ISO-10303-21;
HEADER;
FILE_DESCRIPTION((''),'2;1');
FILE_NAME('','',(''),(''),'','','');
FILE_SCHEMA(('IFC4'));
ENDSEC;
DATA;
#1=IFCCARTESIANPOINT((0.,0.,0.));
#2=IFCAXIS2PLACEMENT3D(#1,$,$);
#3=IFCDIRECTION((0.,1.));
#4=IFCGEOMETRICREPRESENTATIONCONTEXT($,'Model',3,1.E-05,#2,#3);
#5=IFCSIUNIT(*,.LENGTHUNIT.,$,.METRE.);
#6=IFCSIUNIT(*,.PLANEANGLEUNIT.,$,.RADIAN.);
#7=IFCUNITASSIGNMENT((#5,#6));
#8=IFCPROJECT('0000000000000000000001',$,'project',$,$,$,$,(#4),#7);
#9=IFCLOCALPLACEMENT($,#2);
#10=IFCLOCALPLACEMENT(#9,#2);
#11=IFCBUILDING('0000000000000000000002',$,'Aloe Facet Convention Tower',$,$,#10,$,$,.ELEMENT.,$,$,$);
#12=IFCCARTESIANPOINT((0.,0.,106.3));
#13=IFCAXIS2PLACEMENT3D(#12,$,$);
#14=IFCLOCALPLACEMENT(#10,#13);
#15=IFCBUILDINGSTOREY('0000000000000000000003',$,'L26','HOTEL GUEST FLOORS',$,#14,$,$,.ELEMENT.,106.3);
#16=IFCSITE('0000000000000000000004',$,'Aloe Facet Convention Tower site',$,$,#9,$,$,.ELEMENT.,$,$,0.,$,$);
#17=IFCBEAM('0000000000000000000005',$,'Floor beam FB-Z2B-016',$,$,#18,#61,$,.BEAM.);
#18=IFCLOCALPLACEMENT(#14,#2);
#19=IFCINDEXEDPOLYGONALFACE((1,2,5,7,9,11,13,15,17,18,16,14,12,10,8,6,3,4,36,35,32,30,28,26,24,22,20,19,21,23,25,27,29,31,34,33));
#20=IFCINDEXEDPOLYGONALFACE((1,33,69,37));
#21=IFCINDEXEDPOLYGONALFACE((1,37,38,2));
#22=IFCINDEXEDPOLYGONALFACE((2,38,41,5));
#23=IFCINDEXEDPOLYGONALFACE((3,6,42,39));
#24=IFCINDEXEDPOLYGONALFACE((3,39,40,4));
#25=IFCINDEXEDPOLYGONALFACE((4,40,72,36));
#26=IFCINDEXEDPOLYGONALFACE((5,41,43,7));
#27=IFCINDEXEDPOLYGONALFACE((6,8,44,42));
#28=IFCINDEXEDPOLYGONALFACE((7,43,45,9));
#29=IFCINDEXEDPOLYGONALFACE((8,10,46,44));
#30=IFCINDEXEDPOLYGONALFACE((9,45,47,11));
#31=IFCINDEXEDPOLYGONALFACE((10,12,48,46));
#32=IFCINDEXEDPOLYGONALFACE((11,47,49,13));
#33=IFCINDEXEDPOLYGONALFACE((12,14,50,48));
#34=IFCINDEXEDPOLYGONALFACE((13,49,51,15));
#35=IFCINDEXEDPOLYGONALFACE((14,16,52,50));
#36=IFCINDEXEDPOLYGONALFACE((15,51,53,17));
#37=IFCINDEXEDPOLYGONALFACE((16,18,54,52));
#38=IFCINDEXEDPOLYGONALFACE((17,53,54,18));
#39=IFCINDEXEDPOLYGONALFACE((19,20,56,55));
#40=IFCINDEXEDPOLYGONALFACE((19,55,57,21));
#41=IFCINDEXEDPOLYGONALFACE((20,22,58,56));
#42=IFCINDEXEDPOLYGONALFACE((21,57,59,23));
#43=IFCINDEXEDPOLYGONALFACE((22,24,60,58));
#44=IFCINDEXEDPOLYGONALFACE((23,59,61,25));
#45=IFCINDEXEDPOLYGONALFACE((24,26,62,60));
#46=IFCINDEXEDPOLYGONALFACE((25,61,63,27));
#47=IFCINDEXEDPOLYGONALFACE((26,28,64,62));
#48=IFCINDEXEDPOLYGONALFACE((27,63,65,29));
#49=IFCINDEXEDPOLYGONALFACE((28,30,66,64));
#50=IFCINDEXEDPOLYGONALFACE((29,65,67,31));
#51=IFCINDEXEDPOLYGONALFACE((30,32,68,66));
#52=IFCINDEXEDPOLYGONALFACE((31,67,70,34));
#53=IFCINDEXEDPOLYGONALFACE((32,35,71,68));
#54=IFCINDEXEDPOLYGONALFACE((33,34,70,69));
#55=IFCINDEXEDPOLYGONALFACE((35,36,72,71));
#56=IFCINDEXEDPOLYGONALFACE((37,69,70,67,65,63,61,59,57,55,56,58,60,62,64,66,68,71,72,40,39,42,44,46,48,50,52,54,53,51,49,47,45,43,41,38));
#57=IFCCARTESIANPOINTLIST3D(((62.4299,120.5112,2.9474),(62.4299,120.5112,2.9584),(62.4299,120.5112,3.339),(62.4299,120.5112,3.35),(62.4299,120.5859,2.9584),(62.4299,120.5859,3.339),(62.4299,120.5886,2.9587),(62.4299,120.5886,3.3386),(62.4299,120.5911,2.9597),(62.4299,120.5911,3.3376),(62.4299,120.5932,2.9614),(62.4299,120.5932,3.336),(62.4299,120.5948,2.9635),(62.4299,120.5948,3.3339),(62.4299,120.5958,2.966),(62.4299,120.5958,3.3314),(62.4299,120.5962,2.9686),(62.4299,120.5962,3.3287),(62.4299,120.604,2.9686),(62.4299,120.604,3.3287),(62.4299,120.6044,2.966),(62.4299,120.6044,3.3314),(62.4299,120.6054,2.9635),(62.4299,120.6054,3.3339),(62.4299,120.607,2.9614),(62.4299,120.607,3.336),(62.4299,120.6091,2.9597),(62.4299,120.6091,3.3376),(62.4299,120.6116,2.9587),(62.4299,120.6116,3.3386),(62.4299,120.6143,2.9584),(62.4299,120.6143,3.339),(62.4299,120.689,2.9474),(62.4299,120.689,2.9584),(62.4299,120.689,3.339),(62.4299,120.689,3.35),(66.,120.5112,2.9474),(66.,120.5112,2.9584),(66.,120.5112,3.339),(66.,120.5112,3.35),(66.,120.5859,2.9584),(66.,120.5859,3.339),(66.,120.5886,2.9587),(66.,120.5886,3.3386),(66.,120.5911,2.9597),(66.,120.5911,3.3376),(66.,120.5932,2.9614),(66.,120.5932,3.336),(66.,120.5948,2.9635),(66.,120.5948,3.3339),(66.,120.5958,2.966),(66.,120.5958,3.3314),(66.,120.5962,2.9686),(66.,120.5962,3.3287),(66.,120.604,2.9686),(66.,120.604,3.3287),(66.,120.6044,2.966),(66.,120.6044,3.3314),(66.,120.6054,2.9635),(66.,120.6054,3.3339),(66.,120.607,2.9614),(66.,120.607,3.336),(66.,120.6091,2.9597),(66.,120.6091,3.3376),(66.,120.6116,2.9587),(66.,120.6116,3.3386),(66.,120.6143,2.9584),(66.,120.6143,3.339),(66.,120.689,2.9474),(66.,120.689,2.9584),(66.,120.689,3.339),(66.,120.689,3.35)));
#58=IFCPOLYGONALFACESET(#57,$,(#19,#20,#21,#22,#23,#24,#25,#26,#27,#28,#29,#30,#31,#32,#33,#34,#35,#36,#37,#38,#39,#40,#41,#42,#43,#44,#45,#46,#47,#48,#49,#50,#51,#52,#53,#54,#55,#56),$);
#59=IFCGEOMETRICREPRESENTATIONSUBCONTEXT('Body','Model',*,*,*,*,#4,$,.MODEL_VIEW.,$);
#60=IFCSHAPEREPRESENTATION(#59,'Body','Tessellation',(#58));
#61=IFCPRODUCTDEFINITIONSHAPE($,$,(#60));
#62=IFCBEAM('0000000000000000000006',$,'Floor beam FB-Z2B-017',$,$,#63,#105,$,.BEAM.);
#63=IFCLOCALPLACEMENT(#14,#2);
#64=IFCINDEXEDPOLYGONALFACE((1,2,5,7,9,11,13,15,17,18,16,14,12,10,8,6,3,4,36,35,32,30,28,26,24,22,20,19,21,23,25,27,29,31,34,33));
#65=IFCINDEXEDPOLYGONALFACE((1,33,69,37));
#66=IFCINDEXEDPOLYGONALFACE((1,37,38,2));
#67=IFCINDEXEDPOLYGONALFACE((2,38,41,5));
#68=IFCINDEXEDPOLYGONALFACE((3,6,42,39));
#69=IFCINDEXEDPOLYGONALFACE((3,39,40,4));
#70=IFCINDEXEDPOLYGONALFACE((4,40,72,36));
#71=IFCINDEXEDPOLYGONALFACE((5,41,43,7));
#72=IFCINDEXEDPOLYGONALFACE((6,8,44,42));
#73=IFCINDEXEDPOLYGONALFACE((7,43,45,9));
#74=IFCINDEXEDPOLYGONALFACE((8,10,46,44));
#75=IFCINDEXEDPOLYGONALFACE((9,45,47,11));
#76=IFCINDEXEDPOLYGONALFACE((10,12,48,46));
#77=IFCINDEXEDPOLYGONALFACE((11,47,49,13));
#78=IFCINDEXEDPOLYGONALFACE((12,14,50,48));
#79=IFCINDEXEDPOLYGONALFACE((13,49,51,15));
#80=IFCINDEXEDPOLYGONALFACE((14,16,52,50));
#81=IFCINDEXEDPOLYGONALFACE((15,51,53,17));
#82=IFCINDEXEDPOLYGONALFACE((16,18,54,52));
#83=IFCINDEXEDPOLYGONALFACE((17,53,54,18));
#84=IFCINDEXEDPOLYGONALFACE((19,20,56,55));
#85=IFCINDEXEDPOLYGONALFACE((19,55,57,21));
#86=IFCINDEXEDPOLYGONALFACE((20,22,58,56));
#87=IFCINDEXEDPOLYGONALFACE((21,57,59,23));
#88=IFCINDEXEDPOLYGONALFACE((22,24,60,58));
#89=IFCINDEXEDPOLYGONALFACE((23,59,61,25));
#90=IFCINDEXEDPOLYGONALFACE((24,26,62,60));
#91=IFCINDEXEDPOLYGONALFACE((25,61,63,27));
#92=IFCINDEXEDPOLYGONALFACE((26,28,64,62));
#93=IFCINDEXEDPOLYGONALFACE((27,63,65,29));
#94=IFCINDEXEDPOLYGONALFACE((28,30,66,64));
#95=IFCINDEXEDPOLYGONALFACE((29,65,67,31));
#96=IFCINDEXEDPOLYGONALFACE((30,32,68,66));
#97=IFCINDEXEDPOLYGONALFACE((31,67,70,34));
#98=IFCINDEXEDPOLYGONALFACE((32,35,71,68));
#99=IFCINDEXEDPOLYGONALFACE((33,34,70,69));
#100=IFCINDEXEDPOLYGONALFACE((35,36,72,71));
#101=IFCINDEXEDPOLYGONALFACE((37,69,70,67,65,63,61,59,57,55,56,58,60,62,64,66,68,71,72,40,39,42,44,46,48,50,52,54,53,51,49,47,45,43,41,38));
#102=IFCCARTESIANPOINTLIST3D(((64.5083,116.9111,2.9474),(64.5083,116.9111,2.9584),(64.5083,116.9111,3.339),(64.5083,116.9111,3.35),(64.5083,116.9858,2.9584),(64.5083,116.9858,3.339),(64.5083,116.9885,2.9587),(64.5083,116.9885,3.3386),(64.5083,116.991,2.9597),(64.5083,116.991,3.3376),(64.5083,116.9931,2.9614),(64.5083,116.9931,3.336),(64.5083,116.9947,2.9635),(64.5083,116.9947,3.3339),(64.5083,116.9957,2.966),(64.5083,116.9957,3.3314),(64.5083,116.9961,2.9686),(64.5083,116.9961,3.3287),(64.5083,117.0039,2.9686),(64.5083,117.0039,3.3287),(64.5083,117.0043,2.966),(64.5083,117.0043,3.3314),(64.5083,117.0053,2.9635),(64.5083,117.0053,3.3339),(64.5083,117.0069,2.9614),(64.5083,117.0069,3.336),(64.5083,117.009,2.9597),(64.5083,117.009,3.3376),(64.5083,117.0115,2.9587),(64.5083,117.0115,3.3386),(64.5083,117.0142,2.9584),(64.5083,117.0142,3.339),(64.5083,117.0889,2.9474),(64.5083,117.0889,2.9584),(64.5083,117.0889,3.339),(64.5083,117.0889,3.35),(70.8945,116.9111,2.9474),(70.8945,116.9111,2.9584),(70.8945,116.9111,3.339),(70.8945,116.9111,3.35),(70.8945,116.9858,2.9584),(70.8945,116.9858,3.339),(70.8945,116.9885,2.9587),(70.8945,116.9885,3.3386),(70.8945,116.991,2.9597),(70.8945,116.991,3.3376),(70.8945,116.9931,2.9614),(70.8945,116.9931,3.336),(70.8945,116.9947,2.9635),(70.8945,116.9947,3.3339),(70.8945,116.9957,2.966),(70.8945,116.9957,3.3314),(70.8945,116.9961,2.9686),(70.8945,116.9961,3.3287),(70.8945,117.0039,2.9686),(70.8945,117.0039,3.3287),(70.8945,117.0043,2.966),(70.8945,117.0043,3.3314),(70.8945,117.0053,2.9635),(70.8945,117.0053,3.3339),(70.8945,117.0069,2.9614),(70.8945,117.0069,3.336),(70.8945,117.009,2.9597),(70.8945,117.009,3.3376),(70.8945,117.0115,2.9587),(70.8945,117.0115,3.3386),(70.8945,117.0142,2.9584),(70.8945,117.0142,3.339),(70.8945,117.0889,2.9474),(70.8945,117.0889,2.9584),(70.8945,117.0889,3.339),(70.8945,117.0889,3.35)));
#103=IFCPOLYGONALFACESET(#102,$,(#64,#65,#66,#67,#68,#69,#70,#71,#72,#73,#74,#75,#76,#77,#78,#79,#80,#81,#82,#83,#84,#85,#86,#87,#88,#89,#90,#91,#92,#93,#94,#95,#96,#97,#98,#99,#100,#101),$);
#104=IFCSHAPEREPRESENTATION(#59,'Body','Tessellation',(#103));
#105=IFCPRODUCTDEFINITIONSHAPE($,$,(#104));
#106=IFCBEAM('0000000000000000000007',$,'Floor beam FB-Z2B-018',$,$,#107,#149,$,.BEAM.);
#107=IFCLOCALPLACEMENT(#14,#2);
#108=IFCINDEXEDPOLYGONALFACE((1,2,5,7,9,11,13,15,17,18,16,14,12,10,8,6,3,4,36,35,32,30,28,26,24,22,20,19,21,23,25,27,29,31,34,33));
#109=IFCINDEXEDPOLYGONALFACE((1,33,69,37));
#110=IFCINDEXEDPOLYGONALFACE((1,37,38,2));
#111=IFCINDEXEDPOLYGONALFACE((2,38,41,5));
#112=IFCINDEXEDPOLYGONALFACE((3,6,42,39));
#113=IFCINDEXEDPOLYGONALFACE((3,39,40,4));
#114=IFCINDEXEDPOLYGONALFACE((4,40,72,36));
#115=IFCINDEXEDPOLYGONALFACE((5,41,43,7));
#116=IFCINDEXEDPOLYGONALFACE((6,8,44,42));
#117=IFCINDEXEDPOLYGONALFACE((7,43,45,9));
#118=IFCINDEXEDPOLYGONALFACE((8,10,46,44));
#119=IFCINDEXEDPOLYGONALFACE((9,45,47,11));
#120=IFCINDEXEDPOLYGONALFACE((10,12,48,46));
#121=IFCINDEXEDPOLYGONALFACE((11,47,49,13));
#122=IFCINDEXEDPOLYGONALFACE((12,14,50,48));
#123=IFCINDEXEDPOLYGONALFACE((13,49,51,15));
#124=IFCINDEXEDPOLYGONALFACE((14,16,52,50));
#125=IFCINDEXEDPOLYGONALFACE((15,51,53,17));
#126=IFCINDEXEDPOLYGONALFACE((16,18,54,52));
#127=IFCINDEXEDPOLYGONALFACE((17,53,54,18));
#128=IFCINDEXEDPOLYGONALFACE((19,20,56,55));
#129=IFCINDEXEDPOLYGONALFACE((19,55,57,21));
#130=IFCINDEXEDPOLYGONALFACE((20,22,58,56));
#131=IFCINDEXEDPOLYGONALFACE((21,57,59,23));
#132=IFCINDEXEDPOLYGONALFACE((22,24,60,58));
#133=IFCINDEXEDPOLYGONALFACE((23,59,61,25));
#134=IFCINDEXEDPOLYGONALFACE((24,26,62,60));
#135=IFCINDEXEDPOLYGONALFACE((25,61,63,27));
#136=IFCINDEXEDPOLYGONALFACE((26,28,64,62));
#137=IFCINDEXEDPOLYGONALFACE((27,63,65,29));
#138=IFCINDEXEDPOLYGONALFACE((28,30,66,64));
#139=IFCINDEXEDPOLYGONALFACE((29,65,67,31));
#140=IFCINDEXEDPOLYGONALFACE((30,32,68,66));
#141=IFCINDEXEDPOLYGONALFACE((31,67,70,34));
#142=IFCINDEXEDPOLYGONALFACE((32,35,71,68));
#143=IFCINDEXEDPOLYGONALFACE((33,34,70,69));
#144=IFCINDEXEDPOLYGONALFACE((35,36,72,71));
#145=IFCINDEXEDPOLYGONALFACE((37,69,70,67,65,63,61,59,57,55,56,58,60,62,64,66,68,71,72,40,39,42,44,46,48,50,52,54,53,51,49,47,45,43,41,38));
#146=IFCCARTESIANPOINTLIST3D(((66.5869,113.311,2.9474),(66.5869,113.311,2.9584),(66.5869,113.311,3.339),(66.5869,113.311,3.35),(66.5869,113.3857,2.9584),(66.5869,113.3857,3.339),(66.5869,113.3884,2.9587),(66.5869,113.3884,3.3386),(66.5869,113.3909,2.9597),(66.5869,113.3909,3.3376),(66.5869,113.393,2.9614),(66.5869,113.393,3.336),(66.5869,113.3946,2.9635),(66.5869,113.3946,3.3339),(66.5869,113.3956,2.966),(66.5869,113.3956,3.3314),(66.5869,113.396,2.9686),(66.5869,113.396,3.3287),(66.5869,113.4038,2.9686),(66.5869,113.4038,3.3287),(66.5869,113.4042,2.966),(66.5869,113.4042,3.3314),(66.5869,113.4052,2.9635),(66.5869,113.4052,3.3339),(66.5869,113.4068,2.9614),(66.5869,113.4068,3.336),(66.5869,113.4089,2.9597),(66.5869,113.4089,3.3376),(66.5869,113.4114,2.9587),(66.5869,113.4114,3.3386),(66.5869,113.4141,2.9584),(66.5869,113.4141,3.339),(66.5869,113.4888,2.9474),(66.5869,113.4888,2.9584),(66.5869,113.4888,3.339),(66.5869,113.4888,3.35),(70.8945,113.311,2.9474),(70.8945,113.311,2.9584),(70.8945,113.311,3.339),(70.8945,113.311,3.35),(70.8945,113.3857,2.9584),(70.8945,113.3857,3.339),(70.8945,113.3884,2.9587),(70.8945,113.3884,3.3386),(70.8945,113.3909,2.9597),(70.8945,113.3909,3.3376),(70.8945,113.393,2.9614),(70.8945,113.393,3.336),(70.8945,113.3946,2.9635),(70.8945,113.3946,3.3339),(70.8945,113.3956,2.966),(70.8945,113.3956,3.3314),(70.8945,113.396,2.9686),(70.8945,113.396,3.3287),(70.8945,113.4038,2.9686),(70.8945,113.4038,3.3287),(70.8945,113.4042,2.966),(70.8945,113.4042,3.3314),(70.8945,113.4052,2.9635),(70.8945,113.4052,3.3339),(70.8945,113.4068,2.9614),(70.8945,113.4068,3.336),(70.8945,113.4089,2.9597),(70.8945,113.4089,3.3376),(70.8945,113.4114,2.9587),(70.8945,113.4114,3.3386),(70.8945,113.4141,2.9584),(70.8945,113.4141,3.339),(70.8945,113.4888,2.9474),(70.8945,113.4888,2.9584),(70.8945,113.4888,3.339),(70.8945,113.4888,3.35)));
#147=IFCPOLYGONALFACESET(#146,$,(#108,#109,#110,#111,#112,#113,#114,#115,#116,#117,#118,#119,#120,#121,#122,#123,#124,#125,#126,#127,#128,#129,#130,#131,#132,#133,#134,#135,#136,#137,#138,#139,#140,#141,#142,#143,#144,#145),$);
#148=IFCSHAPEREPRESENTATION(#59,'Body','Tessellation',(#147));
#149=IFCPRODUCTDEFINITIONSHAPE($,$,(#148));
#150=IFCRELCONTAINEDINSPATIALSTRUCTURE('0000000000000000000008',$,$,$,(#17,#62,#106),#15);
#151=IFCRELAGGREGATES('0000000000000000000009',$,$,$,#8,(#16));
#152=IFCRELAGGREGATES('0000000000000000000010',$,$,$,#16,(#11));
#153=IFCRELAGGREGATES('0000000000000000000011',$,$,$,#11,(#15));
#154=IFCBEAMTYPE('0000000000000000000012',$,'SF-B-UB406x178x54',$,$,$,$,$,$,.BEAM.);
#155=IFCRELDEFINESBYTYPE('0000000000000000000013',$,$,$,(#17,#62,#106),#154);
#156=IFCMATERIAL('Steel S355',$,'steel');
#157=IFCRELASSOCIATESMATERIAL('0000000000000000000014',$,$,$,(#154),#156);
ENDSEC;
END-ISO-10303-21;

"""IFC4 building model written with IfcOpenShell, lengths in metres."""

from ifc_helpers import new_model, si_unit, direction, frame, origin, origin_2d, place, context, subcontext, project, spatial, i_section, extrude, material, material_profile, profile_set, type_object, element, save


model = new_model("IFC4")

# Units and contexts
model_context = context("Model", 3, precision=1e-05, world=origin(), true_north=direction((0.0, 1.0)))
body_context = subcontext(model_context, "Body", "Model", "MODEL_VIEW")
ifc_project = project(units=[si_unit("LENGTHUNIT", "METRE"), si_unit("PLANEANGLEUNIT", "RADIAN")], contexts=[model_context])

# Site, building, storey
site_placement = place(None, origin())
site = spatial("IfcSite", under=ifc_project, at=site_placement, Name="Aloe Facet Convention Tower site", CompositionType="ELEMENT", RefElevation=0.0)
building_placement = place(site_placement, origin())
building = spatial("IfcBuilding", under=site, at=building_placement, Name="Aloe Facet Convention Tower", CompositionType="ELEMENT")
storey_placement = place(building_placement, frame((0.0, 0.0, 106.3)))
storey = spatial("IfcBuildingStorey", under=building, at=storey_placement, Name="L26", Description="HOTEL GUEST FLOORS", CompositionType="ELEMENT", Elevation=106.3)

# Beams
ifc_material_1 = material(Name="Steel S355", Category="steel")
ifc_material_profile = material_profile(ifc_material_1, i_section(OverallWidth=0.1777, OverallDepth=0.4026, WebThickness=0.0078, FlangeThickness=0.011, FilletRadius=0.0103, at=origin_2d()), Name="UB 406x178x54")
ifc_profile_set = profile_set([ifc_material_profile], Name="Steel S355")
beam_type = type_object("IfcBeamType", Name="SF-B-UB406x178x54", PredefinedType="BEAM", material=ifc_profile_set)
beam_1_placement = place(storey_placement, frame((62.4299, 120.6001, 3.1487), z_axis=(1.0, 0.0, 0.0), x_axis=(0.0, 1.0, 0.0)))
element("IfcBeam", 1, at=beam_1_placement, inside=storey, type_object=beam_type, Name="Floor beam FB-Z2B-016", PredefinedType="BEAM", context=body_context, shape_type="SweptSolid", body=[
    extrude(i_section(OverallWidth=0.1777, OverallDepth=0.4026, WebThickness=0.0078, FlangeThickness=0.011, FilletRadius=0.0103, at=origin_2d()), origin(), (0.0, 0.0, 1.0), 3.5701),
])
beam_2_placement = place(storey_placement, frame((64.5083, 117.0, 3.1487), z_axis=(1.0, 0.0, 0.0), x_axis=(0.0, 1.0, 0.0)))
element("IfcBeam", 2, at=beam_2_placement, inside=storey, type_object=beam_type, Name="Floor beam FB-Z2B-017", PredefinedType="BEAM", context=body_context, shape_type="SweptSolid", body=[
    extrude(i_section(OverallWidth=0.1777, OverallDepth=0.4026, WebThickness=0.0078, FlangeThickness=0.011, FilletRadius=0.0103, at=origin_2d()), origin(), (0.0, 0.0, 1.0), 6.3862),
])
beam_3_placement = place(storey_placement, frame((66.5869, 113.3999, 3.1487), z_axis=(1.0, 0.0, 0.0), x_axis=(0.0, 1.0, 0.0)))
element("IfcBeam", 3, at=beam_3_placement, inside=storey, type_object=beam_type, Name="Floor beam FB-Z2B-018", PredefinedType="BEAM", context=body_context, shape_type="SweptSolid", body=[
    extrude(i_section(OverallWidth=0.1777, OverallDepth=0.4026, WebThickness=0.0078, FlangeThickness=0.011, FilletRadius=0.0103, at=origin_2d()), origin(), (0.0, 0.0, 1.0), 4.3076),
])

save(model, "model.ifc")
